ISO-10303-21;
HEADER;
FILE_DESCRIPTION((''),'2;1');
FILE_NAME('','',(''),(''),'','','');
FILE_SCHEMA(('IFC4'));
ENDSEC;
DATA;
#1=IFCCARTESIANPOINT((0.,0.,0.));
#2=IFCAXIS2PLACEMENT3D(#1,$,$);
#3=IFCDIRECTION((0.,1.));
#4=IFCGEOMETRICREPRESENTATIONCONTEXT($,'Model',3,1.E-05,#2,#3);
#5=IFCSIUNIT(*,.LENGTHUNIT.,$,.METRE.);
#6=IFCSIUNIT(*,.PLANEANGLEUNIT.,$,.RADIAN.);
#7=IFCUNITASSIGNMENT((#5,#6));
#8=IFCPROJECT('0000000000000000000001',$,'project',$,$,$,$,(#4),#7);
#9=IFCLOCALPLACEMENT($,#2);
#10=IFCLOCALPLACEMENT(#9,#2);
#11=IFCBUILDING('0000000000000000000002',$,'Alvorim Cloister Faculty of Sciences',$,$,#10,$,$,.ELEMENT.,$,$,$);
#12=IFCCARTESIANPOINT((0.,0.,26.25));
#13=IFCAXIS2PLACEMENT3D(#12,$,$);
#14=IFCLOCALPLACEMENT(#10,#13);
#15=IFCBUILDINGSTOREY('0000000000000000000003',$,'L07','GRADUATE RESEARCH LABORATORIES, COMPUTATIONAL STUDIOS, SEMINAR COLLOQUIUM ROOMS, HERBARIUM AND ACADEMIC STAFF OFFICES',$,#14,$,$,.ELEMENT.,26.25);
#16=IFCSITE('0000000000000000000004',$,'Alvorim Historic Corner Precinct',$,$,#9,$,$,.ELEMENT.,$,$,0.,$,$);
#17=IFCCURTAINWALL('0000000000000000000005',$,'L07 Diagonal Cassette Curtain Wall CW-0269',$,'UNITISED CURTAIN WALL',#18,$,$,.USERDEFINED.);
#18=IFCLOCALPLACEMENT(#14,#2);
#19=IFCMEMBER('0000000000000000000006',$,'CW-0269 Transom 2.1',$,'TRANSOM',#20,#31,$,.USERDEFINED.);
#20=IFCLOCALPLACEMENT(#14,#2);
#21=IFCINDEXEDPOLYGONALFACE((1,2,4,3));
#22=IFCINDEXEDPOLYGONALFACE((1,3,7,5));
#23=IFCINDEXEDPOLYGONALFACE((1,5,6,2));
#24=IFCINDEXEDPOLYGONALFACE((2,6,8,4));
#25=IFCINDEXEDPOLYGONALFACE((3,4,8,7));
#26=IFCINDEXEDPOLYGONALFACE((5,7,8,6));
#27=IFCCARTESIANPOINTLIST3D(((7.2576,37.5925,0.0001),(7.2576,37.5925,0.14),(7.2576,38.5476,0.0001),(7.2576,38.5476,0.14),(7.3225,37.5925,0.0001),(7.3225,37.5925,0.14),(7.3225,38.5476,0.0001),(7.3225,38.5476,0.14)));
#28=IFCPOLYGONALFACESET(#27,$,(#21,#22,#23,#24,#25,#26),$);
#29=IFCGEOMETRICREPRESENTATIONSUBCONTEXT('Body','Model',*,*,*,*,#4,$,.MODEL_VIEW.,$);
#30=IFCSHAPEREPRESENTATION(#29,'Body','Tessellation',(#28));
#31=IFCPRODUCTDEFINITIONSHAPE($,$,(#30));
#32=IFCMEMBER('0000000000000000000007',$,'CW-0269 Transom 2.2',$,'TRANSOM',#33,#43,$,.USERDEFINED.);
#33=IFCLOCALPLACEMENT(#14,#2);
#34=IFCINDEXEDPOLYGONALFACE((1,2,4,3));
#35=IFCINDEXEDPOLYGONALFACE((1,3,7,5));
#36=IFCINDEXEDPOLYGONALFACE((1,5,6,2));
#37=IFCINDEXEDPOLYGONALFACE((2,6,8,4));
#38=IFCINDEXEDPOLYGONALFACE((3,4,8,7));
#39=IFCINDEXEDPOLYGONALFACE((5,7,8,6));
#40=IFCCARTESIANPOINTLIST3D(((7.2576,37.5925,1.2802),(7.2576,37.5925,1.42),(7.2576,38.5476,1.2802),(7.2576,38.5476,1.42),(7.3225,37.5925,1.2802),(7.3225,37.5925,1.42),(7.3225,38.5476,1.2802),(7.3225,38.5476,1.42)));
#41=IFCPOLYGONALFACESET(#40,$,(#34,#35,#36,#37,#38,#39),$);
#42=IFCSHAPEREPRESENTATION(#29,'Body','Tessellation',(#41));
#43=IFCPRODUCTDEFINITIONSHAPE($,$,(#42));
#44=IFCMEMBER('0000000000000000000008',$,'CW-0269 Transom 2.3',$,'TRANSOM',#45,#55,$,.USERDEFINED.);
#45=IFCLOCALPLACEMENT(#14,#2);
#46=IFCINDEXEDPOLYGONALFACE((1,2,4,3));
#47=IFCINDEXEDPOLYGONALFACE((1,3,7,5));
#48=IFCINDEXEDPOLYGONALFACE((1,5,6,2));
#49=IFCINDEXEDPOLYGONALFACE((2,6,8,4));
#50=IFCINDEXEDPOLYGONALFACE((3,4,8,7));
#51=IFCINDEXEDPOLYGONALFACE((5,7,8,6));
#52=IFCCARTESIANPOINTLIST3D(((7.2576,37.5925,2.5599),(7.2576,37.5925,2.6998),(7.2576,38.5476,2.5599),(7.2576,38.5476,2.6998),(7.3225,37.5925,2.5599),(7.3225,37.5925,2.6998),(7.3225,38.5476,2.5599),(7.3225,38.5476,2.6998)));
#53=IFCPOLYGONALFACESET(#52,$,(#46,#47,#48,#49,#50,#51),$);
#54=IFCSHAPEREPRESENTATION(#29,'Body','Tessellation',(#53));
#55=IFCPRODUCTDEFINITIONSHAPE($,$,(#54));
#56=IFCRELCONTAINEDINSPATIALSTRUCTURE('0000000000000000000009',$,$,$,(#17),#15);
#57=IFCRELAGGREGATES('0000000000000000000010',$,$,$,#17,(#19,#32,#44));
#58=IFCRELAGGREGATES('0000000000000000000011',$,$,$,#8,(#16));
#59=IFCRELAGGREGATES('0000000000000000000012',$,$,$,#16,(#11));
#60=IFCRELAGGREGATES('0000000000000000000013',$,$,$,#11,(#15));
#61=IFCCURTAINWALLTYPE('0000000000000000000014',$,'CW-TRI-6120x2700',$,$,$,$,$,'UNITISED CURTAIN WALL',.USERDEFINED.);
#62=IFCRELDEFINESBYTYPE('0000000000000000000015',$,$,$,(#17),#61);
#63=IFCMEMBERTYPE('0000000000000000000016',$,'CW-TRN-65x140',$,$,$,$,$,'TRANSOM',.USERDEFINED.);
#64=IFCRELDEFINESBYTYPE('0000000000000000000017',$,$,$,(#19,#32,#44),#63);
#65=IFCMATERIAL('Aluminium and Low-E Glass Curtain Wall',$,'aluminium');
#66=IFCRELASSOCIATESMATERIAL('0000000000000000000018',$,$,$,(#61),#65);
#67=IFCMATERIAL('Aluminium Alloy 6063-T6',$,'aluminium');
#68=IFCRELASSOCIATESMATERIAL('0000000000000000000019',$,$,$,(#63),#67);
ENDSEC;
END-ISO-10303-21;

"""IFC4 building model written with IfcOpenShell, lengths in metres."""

from ifc_helpers import new_model, si_unit, direction, frame, origin, origin_2d, place, context, subcontext, project, spatial, rectangle, extrude, material, material_profile, profile_set, type_object, element, aggregate, save


model = new_model("IFC4")

# Units and contexts
model_context = context("Model", 3, precision=1e-05, world=origin(), true_north=direction((0.0, 1.0)))
body_context = subcontext(model_context, "Body", "Model", "MODEL_VIEW")
ifc_project = project(units=[si_unit("LENGTHUNIT", "METRE"), si_unit("PLANEANGLEUNIT", "RADIAN")], contexts=[model_context])

# Site, building, storey
site_placement = place(None, origin())
site = spatial("IfcSite", under=ifc_project, at=site_placement, Name="Alvorim Historic Corner Precinct", CompositionType="ELEMENT", RefElevation=0.0)
building_placement = place(site_placement, origin())
building = spatial("IfcBuilding", under=site, at=building_placement, Name="Alvorim Cloister Faculty of Sciences", CompositionType="ELEMENT")
storey_placement = place(building_placement, frame((0.0, 0.0, 26.25)))
storey = spatial("IfcBuildingStorey", under=building, at=storey_placement, Name="L07", Description="GRADUATE RESEARCH LABORATORIES, COMPUTATIONAL STUDIOS, SEMINAR COLLOQUIUM ROOMS, HERBARIUM AND ACADEMIC STAFF OFFICES", CompositionType="ELEMENT", Elevation=26.25)

# Curtain wall
ifc_material_1 = material(Name="Aluminium and Low-E Glass Curtain Wall", Category="aluminium")
curtain_wall_type = type_object("IfcCurtainWallType", Name="CW-TRI-6120x2700", ElementType="UNITISED CURTAIN WALL", PredefinedType="USERDEFINED", material=ifc_material_1)
ifc_material_2 = material(Name="Aluminium Alloy 6063-T6", Category="aluminium")
curtain_wall_1_placement = place(storey_placement, origin())
curtain_wall_1 = element("IfcCurtainWall", 1, at=curtain_wall_1_placement, inside=storey, type_object=curtain_wall_type, Name="L07 Diagonal Cassette Curtain Wall CW-0269", ObjectType="UNITISED CURTAIN WALL", PredefinedType="USERDEFINED")

# Members
ifc_material_profile_1 = material_profile(ifc_material_2, rectangle(XDim=0.0649, YDim=0.1399, at=origin_2d()), Name="ALU-TRN-65x140")
ifc_profile_set_1 = profile_set([ifc_material_profile_1], Name="Aluminium Alloy 6063-T6")
member_type_1 = type_object("IfcMemberType", Name="CW-TRN-65x140", ElementType="TRANSOM", PredefinedType="USERDEFINED", material=ifc_profile_set_1)
member_1_placement = place(storey_placement, frame((7.29, 37.5925, 0.0701), z_axis=(0.0, 1.0, 0.0), x_axis=(-1.0, 0.0, 0.0)))
member_1 = element("IfcMember", 2, at=member_1_placement, type_object=member_type_1, Name="CW-0269 Transom 2.1", ObjectType="TRANSOM", PredefinedType="USERDEFINED", context=body_context, shape_type="SweptSolid", body=[
    extrude(rectangle(XDim=0.0649, YDim=0.1399, at=origin_2d()), origin(), (0.0, 0.0, 1.0), 0.9551),
])
member_2_placement = place(storey_placement, frame((7.29, 37.5925, 1.3501), z_axis=(0.0, 1.0, 0.0), x_axis=(-1.0, 0.0, 0.0)))
member_2 = element("IfcMember", 3, at=member_2_placement, type_object=member_type_1, Name="CW-0269 Transom 2.2", ObjectType="TRANSOM", PredefinedType="USERDEFINED", context=body_context, shape_type="SweptSolid", body=[
    extrude(rectangle(XDim=0.0649, YDim=0.1399, at=origin_2d()), origin(), (0.0, 0.0, 1.0), 0.9551),
])
member_3_placement = place(storey_placement, frame((7.29, 37.5925, 2.6299), z_axis=(0.0, 1.0, 0.0), x_axis=(-1.0, 0.0, 0.0)))
member_3 = element("IfcMember", 4, at=member_3_placement, type_object=member_type_1, Name="CW-0269 Transom 2.3", ObjectType="TRANSOM", PredefinedType="USERDEFINED", context=body_context, shape_type="SweptSolid", body=[
    extrude(rectangle(XDim=0.0649, YDim=0.1399, at=origin_2d()), origin(), (0.0, 0.0, 1.0), 0.9551),
])
aggregate(curtain_wall_1, [member_1, member_2, member_3])

save(model, "model.ifc")
